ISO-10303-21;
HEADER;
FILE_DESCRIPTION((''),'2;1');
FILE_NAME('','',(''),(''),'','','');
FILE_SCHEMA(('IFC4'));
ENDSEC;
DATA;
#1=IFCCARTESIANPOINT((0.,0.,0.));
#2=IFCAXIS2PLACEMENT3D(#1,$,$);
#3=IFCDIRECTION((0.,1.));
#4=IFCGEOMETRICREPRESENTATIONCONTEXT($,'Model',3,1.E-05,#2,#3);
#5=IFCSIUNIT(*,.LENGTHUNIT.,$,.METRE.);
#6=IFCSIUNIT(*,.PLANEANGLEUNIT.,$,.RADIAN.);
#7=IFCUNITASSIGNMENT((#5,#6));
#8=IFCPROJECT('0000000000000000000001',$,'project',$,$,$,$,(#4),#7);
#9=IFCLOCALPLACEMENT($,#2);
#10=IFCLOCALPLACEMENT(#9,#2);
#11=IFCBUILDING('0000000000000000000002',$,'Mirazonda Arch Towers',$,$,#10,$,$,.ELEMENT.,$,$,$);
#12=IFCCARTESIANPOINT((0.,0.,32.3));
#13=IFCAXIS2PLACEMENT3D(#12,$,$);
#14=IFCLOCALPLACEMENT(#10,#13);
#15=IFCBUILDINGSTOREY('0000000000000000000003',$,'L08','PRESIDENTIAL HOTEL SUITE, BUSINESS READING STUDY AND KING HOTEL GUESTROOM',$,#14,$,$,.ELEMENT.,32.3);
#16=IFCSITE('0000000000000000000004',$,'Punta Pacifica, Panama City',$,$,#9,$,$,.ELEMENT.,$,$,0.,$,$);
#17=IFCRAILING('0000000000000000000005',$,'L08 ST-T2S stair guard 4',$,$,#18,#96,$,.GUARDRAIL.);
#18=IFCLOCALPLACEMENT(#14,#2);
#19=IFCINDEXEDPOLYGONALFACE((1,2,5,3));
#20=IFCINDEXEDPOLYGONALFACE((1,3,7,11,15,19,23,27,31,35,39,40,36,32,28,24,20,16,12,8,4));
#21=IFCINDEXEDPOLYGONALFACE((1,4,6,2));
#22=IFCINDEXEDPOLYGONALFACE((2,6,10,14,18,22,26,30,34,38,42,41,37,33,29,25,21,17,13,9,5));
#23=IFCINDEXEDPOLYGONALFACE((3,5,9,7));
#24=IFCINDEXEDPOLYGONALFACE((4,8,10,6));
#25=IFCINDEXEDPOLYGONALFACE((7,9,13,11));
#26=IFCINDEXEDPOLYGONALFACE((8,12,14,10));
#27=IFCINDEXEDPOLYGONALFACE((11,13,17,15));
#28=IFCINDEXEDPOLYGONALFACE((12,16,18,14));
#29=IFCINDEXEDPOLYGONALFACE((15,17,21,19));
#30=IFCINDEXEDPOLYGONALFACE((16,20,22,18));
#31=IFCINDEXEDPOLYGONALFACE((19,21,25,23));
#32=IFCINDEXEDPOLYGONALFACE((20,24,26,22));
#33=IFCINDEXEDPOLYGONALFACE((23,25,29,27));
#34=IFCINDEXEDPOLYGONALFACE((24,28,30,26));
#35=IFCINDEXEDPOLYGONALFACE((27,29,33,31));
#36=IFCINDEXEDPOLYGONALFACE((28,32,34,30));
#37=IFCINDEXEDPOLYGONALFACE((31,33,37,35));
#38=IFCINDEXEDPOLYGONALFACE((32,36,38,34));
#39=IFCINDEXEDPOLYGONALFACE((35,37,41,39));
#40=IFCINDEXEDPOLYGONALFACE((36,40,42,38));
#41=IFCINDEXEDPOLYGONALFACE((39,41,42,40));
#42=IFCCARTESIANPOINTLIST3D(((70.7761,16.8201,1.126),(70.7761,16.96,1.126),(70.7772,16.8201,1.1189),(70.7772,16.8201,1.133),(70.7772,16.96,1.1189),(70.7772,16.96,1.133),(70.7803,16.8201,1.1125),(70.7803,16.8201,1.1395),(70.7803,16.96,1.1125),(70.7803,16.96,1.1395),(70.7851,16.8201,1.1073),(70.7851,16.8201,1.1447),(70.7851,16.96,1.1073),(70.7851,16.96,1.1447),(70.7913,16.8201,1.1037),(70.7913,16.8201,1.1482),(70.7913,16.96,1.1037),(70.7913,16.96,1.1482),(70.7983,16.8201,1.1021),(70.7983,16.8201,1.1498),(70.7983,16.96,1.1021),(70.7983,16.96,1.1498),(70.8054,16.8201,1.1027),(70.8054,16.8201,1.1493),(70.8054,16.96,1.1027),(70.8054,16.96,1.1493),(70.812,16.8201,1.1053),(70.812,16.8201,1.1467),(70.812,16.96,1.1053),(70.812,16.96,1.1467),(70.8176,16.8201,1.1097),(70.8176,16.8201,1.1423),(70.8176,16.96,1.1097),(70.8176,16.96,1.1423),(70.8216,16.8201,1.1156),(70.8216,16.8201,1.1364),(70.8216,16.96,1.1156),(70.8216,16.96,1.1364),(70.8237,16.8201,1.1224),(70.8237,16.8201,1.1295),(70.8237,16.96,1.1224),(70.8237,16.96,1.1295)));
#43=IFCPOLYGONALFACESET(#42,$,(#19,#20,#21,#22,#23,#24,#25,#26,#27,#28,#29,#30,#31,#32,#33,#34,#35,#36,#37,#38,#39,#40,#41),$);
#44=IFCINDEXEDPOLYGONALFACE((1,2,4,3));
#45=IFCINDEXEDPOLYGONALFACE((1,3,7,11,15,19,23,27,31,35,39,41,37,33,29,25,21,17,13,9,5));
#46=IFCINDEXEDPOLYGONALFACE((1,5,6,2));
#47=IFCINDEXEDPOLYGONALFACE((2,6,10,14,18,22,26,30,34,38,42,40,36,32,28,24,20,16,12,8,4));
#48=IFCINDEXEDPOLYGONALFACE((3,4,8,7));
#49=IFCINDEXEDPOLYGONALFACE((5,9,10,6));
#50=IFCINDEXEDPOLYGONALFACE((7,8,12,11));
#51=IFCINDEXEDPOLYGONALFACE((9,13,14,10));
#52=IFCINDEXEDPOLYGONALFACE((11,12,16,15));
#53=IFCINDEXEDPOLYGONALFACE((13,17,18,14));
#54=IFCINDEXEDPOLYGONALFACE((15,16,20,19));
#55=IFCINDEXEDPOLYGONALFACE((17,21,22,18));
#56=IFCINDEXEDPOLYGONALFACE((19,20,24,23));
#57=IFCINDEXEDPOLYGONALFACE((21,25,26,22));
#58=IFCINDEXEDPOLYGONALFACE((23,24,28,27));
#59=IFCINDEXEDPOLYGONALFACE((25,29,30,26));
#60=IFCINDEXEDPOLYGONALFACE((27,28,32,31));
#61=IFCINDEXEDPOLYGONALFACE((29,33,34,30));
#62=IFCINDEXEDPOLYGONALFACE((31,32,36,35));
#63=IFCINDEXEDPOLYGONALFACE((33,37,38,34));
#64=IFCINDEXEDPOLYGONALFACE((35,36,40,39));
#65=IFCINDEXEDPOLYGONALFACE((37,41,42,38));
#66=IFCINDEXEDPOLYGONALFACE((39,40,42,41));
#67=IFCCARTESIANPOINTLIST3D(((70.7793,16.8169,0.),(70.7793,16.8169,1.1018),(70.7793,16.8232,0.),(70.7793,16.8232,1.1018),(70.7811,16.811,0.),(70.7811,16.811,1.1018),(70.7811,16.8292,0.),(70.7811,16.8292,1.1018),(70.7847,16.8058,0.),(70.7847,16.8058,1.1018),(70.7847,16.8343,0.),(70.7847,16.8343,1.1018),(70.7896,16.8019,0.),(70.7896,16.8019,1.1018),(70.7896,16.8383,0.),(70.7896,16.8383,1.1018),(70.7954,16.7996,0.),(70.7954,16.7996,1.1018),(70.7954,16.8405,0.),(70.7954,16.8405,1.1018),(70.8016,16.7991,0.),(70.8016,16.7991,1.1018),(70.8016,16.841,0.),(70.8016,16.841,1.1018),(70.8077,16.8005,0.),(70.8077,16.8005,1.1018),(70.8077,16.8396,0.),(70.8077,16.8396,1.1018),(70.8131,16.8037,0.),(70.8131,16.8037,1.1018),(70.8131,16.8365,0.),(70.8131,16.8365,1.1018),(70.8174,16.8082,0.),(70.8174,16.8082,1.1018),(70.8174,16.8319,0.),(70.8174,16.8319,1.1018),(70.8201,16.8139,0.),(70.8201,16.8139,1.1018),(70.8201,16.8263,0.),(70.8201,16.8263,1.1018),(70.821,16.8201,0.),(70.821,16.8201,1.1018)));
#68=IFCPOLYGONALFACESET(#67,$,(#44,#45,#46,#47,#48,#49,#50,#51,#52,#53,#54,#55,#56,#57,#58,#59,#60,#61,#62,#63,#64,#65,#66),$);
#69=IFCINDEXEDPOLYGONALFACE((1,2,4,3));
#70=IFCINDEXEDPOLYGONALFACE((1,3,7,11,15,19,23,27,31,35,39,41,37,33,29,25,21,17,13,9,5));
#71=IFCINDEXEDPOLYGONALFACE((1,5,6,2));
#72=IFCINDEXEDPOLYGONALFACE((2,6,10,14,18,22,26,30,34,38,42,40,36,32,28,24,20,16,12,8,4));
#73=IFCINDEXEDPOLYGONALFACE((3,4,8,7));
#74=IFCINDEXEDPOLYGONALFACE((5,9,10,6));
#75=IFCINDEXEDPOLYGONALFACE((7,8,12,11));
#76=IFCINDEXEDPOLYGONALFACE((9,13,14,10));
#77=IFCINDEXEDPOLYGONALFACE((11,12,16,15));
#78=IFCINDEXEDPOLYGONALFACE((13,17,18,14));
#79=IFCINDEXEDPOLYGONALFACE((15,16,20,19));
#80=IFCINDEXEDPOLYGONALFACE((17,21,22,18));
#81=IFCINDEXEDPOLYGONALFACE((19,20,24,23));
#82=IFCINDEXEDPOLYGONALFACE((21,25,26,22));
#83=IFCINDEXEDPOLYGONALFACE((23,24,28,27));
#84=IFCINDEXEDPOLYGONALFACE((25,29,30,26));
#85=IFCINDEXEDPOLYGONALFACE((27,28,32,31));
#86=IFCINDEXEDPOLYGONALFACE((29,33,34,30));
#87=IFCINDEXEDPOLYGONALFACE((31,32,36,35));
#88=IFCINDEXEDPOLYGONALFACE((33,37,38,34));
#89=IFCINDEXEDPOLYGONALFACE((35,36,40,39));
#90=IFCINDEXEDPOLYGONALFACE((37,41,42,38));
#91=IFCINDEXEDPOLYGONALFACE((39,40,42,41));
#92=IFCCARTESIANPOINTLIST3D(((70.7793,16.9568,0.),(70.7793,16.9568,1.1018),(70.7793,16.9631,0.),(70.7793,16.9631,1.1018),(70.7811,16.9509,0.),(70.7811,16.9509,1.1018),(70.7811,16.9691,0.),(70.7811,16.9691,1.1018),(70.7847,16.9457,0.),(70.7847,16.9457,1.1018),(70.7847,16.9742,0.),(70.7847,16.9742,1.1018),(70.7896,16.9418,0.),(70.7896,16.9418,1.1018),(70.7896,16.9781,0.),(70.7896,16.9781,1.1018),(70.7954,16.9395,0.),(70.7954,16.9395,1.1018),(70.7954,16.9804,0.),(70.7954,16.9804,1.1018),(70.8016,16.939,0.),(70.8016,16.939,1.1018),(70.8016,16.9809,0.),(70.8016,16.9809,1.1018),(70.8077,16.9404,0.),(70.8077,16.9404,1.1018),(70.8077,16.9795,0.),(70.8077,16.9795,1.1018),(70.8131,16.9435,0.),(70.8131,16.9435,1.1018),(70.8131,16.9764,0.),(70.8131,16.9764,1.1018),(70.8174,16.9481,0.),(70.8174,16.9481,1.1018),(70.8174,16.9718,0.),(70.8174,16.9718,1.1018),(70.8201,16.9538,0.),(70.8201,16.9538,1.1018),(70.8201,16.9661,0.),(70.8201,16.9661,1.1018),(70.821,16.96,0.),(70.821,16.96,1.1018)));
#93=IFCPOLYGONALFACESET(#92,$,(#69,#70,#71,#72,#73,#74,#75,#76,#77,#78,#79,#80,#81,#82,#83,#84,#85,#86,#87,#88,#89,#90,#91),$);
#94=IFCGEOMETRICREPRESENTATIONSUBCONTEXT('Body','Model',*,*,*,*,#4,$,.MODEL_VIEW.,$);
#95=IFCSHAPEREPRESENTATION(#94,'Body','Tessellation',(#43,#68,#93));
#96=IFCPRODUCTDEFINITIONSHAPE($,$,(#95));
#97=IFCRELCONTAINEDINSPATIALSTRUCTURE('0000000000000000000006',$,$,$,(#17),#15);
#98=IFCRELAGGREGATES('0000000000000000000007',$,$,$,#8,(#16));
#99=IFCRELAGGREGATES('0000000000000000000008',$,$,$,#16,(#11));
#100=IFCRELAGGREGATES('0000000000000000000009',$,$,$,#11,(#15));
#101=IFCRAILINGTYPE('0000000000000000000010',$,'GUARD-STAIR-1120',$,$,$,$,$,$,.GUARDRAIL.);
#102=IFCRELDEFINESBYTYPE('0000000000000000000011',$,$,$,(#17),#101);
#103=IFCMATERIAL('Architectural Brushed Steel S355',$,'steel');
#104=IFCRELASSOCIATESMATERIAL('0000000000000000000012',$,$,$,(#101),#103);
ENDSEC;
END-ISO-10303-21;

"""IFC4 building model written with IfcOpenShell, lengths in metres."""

from ifc_helpers import new_model, si_unit, direction, frame, origin, origin_2d, place, context, subcontext, project, spatial, circle, extrude, material, type_object, element, save


model = new_model("IFC4")

# Units and contexts
model_context = context("Model", 3, precision=1e-05, world=origin(), true_north=direction((0.0, 1.0)))
body_context = subcontext(model_context, "Body", "Model", "MODEL_VIEW")
ifc_project = project(units=[si_unit("LENGTHUNIT", "METRE"), si_unit("PLANEANGLEUNIT", "RADIAN")], contexts=[model_context])

# Site, building, storey
site_placement = place(None, origin())
site = spatial("IfcSite", under=ifc_project, at=site_placement, Name="Punta Pacifica, Panama City", CompositionType="ELEMENT", RefElevation=0.0)
building_placement = place(site_placement, origin())
building = spatial("IfcBuilding", under=site, at=building_placement, Name="Mirazonda Arch Towers", CompositionType="ELEMENT")
storey_placement = place(building_placement, frame((0.0, 0.0, 32.3)))
storey = spatial("IfcBuildingStorey", under=building, at=storey_placement, Name="L08", Description="PRESIDENTIAL HOTEL SUITE, BUSINESS READING STUDY AND KING HOTEL GUESTROOM", CompositionType="ELEMENT", Elevation=32.3)

# Railing
ifc_material_1 = material(Name="Architectural Brushed Steel S355", Category="steel")
railing_type_1 = type_object("IfcRailingType", Name="GUARD-STAIR-1120", PredefinedType="GUARDRAIL", material=ifc_material_1)
railing_1_placement = place(storey_placement, frame((70.8, 16.8201, 0.0)))
element("IfcRailing", 1, at=railing_1_placement, inside=storey, type_object=railing_type_1, Name="L08 ST-T2S stair guard 4", PredefinedType="GUARDRAIL", context=body_context, shape_type="SweptSolid", body=[
    extrude(circle(Radius=0.0239, at=origin_2d()), frame((0.0, 0.0, 1.126), z_axis=(0.0, 1.0, 0.0), x_axis=(-1.0, 0.0, 0.0)), (0.0, 0.0, 1.0), 0.1399),
    extrude(circle(Radius=0.021, at=origin_2d()), origin(), (0.0, 0.0, 1.0), 1.1018),
    extrude(circle(Radius=0.021, at=origin_2d()), frame((0.0, 0.1399, 0.0)), (0.0, 0.0, 1.0), 1.1018),
])

save(model, "model.ifc")
